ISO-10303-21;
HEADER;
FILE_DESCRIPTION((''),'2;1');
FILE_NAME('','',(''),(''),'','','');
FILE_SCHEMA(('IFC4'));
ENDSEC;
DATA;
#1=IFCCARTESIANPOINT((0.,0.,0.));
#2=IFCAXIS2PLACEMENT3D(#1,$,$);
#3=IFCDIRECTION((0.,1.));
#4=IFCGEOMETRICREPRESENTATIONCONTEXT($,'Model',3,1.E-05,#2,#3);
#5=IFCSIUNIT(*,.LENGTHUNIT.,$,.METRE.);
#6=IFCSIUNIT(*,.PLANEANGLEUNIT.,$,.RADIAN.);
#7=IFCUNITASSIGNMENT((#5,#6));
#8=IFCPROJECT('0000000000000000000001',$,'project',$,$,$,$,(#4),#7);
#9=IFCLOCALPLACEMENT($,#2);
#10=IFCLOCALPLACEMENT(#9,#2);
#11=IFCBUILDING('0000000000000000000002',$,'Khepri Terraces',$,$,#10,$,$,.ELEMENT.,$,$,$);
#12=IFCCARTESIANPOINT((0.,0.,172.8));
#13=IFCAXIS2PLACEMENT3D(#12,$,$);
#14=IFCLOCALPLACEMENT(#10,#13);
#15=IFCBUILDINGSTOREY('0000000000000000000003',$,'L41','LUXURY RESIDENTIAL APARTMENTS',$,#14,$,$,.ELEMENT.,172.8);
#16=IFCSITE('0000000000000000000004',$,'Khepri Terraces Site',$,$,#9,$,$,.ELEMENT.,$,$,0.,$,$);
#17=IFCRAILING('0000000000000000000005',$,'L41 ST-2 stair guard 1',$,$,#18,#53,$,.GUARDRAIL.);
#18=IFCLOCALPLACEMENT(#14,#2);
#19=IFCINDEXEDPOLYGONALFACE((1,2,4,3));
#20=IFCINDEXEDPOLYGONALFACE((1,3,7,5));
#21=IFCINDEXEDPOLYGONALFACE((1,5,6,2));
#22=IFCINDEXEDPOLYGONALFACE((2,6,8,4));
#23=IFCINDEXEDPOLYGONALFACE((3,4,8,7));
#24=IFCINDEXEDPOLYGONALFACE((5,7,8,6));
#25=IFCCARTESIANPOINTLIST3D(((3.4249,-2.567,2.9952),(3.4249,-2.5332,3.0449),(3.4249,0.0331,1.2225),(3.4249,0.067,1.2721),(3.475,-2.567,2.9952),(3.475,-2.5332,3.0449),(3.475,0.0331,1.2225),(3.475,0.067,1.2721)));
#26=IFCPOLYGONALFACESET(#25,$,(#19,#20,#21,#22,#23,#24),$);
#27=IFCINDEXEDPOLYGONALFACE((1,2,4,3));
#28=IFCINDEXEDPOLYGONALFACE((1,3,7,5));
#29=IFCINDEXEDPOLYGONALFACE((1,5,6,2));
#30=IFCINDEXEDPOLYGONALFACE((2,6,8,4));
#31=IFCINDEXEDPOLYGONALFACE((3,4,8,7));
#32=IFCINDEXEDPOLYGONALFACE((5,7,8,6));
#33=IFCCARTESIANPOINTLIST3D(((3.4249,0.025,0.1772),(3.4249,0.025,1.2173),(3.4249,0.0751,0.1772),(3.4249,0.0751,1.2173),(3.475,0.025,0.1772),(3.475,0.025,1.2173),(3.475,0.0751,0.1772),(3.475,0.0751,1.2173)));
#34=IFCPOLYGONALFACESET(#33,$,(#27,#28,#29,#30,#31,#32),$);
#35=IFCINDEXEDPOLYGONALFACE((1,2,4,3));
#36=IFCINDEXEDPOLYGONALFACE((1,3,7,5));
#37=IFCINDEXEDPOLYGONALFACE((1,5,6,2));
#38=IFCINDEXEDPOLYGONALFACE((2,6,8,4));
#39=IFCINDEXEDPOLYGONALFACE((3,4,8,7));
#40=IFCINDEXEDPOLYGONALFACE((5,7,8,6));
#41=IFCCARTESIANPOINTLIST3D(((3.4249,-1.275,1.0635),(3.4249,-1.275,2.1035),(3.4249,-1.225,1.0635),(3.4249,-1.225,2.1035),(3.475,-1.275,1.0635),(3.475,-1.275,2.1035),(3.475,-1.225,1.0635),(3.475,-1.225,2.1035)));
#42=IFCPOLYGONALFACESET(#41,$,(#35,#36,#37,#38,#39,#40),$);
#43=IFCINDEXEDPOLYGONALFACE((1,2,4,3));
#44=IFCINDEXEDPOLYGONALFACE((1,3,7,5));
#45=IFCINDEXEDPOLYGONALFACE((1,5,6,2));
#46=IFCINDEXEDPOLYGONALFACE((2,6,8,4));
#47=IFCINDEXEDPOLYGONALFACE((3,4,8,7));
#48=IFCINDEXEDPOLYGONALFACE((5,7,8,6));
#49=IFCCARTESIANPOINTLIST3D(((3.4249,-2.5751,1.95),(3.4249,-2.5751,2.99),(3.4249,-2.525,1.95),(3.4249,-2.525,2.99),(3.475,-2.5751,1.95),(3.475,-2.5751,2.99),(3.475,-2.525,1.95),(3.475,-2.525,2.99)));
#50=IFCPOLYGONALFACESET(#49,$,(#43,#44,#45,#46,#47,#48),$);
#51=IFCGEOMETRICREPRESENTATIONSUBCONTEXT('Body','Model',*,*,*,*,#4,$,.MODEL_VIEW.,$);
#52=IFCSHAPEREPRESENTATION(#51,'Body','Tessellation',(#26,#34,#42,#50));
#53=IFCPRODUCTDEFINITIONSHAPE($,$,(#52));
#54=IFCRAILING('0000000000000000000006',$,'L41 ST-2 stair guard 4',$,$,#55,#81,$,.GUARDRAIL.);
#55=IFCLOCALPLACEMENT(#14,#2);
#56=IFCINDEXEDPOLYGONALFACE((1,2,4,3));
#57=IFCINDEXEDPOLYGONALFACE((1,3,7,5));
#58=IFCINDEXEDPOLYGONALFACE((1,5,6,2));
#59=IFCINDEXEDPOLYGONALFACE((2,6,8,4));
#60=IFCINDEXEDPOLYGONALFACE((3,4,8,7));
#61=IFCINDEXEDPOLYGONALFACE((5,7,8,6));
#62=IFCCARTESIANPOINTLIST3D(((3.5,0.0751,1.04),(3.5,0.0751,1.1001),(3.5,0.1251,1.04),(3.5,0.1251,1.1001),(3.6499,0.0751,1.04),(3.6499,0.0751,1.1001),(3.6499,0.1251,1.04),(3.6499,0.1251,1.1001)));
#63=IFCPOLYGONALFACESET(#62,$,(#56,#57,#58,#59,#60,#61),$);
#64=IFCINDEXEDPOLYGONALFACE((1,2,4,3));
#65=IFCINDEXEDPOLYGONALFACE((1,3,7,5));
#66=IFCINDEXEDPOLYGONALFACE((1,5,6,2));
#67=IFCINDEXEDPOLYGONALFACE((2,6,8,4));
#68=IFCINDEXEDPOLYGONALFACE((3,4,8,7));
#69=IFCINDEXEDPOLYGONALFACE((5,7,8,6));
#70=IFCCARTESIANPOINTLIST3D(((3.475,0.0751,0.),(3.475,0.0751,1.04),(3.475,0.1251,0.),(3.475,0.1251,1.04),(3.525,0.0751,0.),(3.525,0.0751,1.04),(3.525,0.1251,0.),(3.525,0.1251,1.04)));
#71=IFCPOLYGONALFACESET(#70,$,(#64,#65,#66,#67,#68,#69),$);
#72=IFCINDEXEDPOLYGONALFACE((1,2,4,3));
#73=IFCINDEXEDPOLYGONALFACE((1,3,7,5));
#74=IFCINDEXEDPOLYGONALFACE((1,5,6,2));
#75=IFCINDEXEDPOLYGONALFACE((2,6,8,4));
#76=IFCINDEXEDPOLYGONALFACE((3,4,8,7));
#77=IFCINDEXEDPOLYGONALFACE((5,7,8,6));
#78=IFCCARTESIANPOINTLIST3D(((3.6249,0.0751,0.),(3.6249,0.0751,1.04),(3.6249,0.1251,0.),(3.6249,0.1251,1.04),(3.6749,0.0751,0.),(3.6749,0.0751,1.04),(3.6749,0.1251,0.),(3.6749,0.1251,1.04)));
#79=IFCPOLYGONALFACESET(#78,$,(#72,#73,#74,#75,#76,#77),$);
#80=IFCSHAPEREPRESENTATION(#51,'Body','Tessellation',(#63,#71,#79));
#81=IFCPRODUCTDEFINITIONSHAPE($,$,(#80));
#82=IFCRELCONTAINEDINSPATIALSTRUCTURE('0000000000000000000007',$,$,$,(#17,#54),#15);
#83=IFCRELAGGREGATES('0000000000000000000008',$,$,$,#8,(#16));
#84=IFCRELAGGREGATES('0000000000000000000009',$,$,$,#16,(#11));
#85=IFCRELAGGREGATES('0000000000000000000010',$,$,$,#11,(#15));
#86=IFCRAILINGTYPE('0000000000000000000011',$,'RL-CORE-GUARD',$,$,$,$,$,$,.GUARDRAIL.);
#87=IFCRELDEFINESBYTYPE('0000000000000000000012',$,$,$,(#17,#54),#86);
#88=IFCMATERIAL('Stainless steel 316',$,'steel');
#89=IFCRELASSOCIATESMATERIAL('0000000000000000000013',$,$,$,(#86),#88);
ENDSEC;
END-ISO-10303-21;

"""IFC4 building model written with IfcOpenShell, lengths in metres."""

from ifc_helpers import new_model, si_unit, direction, frame, origin, origin_2d, place, context, subcontext, project, spatial, rectangle, extrude, material, type_object, element, save


model = new_model("IFC4")

# Units and contexts
model_context = context("Model", 3, precision=1e-05, world=origin(), true_north=direction((0.0, 1.0)))
body_context = subcontext(model_context, "Body", "Model", "MODEL_VIEW")
ifc_project = project(units=[si_unit("LENGTHUNIT", "METRE"), si_unit("PLANEANGLEUNIT", "RADIAN")], contexts=[model_context])

# Site, building, storey
site_placement = place(None, origin())
site = spatial("IfcSite", under=ifc_project, at=site_placement, Name="Khepri Terraces Site", CompositionType="ELEMENT", RefElevation=0.0)
building_placement = place(site_placement, origin())
building = spatial("IfcBuilding", under=site, at=building_placement, Name="Khepri Terraces", CompositionType="ELEMENT")
storey_placement = place(building_placement, frame((0.0, 0.0, 172.8)))
storey = spatial("IfcBuildingStorey", under=building, at=storey_placement, Name="L41", Description="LUXURY RESIDENTIAL APARTMENTS", CompositionType="ELEMENT", Elevation=172.8)

# Railings
ifc_material_1 = material(Name="Stainless steel 316", Category="steel")
railing_type = type_object("IfcRailingType", Name="RL-CORE-GUARD", PredefinedType="GUARDRAIL", material=ifc_material_1)
railing_1_placement = place(storey_placement, frame((3.45, 0.05, 0.1772)))
element("IfcRailing", 1, at=railing_1_placement, inside=storey, type_object=railing_type, Name="L41 ST-2 stair guard 1", PredefinedType="GUARDRAIL", context=body_context, shape_type="SweptSolid", body=[
    extrude(rectangle(XDim=0.05, YDim=0.0601, at=origin_2d()), frame((0.0, 0.0, 1.0701), z_axis=(0.0, -0.82624, 0.563318), x_axis=(1.0, 0.0, 0.0)), (0.0, 0.0, 1.0), 3.147),
    extrude(rectangle(XDim=0.05, YDim=0.05, at=origin_2d()), origin(), (0.0, 0.0, 1.0), 1.04),
    extrude(rectangle(XDim=0.05, YDim=0.05, at=origin_2d()), frame((0.0, -1.3, 0.8862)), (0.0, 0.0, 1.0), 1.04),
    extrude(rectangle(XDim=0.05, YDim=0.05, at=origin_2d()), frame((0.0, -2.6001, 1.7727)), (0.0, 0.0, 1.0), 1.04),
])
railing_2_placement = place(storey_placement, frame((3.5, 0.1001, 0.0)))
element("IfcRailing", 2, at=railing_2_placement, inside=storey, type_object=railing_type, Name="L41 ST-2 stair guard 4", PredefinedType="GUARDRAIL", context=body_context, shape_type="SweptSolid", body=[
    extrude(rectangle(XDim=0.05, YDim=0.0601, at=origin_2d()), frame((0.0, 0.0, 1.0701), z_axis=(1.0, 0.0, 0.0), x_axis=(0.0, 1.0, 0.0)), (0.0, 0.0, 1.0), 0.1499),
    extrude(rectangle(XDim=0.05, YDim=0.05, at=origin_2d()), origin(), (0.0, 0.0, 1.0), 1.04),
    extrude(rectangle(XDim=0.05, YDim=0.05, at=origin_2d()), frame((0.1499, 0.0, 0.0)), (0.0, 0.0, 1.0), 1.04),
])

save(model, "model.ifc")
